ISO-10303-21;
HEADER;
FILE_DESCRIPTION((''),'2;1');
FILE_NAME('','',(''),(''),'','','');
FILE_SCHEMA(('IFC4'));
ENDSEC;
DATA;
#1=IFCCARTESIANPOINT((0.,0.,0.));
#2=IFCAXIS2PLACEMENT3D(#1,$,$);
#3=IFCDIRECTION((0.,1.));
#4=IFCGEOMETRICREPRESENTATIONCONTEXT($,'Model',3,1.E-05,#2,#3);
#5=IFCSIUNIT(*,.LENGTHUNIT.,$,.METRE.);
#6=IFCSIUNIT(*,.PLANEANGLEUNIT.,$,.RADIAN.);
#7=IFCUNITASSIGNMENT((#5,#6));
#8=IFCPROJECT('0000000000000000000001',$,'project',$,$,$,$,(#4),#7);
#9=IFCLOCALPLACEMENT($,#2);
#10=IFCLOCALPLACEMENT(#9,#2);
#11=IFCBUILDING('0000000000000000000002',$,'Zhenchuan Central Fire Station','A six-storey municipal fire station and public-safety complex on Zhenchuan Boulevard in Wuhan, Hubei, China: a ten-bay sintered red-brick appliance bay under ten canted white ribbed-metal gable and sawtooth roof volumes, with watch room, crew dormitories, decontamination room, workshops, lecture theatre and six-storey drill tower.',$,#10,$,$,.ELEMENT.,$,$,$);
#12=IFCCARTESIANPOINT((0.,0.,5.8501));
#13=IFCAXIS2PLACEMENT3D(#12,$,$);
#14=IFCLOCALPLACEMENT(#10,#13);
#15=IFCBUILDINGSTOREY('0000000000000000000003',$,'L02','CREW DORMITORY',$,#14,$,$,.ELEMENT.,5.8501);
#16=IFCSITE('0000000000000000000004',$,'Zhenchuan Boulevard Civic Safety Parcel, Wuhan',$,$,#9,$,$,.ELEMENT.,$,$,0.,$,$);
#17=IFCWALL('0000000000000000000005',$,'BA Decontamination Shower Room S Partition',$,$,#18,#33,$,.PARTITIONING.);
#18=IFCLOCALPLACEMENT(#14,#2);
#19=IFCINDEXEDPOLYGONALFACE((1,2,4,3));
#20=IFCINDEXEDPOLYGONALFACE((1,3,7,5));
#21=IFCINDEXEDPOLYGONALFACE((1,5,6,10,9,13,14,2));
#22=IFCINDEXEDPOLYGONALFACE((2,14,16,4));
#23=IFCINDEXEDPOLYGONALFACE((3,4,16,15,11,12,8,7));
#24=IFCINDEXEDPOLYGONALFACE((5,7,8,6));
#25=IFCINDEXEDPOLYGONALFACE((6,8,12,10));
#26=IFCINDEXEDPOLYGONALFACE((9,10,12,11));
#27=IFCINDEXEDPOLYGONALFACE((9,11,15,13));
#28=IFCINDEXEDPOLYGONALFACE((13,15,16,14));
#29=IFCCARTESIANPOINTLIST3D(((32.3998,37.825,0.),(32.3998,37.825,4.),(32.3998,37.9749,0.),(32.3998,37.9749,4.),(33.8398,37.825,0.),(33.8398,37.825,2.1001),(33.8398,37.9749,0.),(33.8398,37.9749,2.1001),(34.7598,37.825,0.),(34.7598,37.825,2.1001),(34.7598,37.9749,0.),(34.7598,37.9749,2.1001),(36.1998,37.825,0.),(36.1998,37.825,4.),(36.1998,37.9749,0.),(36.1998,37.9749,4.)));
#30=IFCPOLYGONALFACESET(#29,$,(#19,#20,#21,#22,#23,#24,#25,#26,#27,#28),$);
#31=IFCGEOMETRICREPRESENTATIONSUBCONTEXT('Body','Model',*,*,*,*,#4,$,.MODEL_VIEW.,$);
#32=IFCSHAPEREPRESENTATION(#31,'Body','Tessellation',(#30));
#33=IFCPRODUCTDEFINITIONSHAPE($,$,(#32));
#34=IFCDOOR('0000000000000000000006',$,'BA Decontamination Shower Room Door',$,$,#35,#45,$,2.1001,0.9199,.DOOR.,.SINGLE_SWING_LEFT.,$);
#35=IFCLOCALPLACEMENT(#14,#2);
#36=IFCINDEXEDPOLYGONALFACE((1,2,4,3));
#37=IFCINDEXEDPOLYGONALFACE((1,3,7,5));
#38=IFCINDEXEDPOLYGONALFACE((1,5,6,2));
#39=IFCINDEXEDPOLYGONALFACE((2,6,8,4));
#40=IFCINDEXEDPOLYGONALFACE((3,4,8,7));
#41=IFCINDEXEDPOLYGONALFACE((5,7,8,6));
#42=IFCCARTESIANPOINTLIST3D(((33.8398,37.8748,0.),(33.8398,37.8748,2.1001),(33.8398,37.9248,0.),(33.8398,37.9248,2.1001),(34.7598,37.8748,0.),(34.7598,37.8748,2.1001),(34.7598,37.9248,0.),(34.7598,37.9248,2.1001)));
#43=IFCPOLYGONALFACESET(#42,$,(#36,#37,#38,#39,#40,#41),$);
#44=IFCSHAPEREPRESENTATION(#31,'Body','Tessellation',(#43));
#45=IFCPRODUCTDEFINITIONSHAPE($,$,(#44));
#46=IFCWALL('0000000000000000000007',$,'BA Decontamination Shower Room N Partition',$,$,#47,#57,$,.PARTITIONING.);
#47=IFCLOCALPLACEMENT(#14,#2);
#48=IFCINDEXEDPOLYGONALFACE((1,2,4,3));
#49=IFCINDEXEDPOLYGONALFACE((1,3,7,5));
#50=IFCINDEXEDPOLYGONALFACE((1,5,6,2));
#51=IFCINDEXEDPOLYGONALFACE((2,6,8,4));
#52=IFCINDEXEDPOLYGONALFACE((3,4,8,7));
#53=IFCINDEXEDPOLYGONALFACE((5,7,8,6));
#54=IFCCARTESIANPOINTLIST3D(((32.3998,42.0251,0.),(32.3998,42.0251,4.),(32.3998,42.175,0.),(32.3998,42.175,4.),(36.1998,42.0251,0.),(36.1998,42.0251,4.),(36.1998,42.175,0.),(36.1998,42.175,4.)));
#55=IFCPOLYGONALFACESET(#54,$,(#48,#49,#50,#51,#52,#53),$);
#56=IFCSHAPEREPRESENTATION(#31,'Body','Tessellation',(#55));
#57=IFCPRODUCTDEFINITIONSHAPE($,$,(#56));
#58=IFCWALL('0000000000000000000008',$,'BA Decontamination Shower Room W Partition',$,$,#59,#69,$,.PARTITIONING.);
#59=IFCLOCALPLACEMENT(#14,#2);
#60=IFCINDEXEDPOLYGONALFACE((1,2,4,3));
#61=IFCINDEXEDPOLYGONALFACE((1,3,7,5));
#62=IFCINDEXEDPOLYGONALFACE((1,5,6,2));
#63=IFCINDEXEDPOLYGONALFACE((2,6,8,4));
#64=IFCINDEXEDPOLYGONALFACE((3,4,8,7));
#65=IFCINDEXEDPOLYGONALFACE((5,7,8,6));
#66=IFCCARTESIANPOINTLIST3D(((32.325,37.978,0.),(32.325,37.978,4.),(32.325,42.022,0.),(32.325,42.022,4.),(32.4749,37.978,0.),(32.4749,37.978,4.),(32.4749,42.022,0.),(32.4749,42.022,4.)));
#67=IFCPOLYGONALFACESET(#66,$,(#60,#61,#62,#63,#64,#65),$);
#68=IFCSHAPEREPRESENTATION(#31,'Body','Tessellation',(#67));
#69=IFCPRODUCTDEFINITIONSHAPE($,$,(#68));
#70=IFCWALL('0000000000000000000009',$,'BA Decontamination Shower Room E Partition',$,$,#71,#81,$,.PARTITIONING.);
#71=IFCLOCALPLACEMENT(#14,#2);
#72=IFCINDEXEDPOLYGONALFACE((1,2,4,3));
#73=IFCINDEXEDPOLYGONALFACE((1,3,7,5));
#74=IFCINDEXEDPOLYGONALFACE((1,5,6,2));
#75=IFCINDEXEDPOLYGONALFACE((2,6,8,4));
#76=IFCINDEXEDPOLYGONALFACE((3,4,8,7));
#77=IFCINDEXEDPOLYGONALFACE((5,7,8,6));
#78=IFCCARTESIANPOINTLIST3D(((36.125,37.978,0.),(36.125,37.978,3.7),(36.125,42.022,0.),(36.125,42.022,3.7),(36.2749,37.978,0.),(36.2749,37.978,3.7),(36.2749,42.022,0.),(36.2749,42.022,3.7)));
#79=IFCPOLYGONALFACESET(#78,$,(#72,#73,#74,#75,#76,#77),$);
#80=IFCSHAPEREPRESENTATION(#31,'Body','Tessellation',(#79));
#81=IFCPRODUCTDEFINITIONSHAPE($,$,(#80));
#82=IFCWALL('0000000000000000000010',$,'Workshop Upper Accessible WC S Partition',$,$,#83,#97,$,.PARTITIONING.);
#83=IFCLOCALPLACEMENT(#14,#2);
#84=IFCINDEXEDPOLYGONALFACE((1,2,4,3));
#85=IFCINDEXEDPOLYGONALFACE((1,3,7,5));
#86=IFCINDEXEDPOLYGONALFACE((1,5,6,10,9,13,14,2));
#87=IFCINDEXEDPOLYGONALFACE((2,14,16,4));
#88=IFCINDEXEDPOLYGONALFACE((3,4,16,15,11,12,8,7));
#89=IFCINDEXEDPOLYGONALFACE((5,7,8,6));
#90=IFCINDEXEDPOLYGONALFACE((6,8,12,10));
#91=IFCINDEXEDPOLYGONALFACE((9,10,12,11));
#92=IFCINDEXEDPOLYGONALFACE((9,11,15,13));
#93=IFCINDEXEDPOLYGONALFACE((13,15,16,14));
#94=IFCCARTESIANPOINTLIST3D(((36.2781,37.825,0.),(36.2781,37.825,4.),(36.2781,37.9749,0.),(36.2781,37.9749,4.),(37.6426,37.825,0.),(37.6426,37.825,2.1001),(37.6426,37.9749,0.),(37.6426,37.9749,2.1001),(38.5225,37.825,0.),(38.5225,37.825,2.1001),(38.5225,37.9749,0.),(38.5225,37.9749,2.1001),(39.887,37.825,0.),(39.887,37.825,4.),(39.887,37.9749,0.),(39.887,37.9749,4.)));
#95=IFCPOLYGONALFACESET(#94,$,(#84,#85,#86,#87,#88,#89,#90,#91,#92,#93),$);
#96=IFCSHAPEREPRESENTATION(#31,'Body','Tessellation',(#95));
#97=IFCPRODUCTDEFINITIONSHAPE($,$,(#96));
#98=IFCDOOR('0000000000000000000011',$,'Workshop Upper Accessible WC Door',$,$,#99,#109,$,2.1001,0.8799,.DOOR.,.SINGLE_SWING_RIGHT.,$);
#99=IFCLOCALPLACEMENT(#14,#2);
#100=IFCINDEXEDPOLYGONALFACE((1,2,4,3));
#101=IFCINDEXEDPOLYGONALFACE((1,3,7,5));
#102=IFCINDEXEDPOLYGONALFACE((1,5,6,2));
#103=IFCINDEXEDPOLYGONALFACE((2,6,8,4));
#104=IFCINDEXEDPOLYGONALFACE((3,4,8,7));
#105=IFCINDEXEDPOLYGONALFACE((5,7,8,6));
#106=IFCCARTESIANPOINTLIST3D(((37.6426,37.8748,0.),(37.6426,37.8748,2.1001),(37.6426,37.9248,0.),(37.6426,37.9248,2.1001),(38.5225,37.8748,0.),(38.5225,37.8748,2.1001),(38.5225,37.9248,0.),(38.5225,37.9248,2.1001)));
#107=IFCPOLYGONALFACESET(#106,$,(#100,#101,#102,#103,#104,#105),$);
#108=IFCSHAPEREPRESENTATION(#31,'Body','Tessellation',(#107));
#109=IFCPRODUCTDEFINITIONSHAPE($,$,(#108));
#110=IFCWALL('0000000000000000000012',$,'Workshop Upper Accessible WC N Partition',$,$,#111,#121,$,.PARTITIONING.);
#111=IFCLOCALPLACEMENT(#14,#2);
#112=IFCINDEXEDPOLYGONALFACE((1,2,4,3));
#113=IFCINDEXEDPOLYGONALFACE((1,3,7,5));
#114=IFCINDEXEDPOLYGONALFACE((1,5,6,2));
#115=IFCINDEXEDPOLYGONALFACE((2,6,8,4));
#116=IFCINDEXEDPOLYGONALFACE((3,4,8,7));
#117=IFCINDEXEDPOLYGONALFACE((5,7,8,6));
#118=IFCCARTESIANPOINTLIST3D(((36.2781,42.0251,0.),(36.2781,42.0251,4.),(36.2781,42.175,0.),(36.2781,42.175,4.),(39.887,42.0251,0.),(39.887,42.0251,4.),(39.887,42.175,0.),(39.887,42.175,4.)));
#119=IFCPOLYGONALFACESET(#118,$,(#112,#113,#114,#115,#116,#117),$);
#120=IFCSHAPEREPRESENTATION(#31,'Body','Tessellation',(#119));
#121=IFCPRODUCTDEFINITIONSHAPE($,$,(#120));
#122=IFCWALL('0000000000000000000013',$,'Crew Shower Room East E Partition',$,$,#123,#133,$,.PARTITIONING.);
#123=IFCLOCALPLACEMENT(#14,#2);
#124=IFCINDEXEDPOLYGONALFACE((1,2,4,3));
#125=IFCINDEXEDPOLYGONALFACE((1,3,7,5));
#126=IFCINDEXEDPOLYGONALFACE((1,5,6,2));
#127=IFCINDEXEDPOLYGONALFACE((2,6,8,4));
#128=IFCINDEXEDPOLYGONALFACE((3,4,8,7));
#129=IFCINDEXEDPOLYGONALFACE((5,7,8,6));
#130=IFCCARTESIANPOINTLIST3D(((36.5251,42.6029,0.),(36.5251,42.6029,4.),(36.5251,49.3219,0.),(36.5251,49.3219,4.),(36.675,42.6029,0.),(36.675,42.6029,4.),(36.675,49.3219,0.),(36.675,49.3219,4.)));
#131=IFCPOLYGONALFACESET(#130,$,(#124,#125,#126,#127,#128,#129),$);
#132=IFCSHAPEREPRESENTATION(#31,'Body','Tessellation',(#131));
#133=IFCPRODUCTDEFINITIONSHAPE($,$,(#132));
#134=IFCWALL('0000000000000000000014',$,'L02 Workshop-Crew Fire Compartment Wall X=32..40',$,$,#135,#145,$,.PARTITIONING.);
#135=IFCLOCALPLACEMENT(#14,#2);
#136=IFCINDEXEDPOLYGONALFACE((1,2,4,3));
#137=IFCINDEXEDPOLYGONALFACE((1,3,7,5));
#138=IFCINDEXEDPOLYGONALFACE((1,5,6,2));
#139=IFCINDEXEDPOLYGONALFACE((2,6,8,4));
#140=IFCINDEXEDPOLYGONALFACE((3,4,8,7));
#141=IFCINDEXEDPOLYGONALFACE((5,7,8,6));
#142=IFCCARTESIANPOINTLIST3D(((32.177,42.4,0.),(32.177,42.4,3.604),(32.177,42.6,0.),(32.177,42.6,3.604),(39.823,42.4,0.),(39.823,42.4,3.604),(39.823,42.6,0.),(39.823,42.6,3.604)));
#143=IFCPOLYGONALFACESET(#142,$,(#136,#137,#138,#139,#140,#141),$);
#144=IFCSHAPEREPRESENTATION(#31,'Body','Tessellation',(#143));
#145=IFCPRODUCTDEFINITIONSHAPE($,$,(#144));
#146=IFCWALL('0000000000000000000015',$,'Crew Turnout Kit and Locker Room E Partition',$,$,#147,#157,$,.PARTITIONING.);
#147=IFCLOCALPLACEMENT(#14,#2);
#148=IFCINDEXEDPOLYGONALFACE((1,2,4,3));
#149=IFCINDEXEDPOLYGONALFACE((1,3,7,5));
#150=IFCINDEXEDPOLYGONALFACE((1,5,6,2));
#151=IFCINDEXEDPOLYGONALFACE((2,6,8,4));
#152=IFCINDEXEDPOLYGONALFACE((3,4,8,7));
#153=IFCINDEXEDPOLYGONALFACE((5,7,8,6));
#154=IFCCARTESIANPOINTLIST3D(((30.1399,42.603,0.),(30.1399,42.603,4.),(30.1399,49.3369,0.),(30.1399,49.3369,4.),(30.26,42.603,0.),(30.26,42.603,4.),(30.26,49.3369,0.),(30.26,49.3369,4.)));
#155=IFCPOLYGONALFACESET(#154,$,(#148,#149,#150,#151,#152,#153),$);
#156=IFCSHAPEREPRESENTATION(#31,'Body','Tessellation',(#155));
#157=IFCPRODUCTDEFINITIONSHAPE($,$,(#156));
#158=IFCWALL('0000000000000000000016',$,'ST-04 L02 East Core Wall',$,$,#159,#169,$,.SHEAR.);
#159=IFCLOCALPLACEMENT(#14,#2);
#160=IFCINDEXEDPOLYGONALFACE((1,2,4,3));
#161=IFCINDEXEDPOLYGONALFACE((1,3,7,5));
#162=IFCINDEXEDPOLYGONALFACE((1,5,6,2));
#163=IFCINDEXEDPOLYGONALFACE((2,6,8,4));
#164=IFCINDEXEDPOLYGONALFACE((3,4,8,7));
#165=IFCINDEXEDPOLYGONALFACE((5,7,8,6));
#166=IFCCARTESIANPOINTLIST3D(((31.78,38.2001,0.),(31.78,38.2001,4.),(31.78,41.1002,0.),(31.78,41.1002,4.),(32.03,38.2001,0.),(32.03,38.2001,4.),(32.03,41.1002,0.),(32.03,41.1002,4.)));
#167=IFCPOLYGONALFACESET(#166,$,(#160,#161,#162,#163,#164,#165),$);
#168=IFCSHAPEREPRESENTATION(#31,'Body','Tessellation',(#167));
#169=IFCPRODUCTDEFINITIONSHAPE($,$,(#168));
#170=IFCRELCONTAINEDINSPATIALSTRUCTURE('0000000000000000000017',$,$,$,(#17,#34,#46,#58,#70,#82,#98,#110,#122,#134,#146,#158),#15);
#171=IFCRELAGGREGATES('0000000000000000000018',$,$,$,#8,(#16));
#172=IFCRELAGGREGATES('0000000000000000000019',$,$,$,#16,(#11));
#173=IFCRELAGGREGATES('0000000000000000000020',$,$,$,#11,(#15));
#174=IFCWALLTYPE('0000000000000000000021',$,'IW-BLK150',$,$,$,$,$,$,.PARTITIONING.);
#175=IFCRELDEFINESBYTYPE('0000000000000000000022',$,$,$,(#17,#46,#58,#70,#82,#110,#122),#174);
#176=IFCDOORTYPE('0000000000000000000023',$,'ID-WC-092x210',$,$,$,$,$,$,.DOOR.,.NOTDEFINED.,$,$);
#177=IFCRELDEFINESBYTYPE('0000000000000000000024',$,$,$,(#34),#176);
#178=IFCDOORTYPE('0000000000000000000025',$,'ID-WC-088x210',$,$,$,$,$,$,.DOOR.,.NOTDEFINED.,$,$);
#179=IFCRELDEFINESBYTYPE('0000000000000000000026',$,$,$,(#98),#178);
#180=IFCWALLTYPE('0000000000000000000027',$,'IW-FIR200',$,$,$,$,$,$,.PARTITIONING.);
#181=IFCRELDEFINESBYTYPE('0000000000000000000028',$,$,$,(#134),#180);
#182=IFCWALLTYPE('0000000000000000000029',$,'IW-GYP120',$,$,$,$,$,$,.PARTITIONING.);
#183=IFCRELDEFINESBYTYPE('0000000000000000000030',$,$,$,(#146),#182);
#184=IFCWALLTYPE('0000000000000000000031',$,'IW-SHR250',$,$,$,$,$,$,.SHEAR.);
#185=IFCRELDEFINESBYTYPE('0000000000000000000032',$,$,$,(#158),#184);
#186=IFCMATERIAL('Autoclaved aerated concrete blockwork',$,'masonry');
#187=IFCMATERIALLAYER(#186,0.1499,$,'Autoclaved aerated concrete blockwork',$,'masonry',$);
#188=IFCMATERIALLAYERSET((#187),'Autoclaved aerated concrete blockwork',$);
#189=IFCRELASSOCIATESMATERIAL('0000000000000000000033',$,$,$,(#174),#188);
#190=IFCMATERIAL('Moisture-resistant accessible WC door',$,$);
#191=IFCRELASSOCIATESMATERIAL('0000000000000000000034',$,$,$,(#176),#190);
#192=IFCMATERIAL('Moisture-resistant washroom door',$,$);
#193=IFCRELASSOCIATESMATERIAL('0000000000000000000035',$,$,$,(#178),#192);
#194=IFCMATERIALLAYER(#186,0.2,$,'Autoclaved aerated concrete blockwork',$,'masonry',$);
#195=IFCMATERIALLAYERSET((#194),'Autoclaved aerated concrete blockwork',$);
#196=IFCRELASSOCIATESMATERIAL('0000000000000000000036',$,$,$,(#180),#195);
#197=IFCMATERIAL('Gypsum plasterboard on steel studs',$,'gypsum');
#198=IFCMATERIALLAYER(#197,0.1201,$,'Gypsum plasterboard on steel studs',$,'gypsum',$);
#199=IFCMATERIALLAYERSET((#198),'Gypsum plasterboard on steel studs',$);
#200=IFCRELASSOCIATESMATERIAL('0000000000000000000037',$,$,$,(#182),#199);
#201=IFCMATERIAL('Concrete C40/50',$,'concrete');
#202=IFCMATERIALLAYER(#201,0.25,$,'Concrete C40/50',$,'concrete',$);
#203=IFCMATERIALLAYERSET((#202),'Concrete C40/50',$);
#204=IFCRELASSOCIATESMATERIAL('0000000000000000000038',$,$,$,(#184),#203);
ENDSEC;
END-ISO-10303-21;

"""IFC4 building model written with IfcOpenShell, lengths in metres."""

from ifc_helpers import new_model, si_unit, direction, frame, frame_2d, origin, place, context, subcontext, project, spatial, rectangle, extrude, material, layer, layer_set, type_object, element, fill, save


model = new_model("IFC4")

# Units and contexts
model_context = context("Model", 3, precision=1e-05, world=origin(), true_north=direction((0.0, 1.0)))
body_context = subcontext(model_context, "Body", "Model", "MODEL_VIEW")
ifc_project = project(units=[si_unit("LENGTHUNIT", "METRE"), si_unit("PLANEANGLEUNIT", "RADIAN")], contexts=[model_context])

# Site, building, storey
site_placement = place(None, origin())
site = spatial("IfcSite", under=ifc_project, at=site_placement, Name="Zhenchuan Boulevard Civic Safety Parcel, Wuhan", CompositionType="ELEMENT", RefElevation=0.0)
building_placement = place(site_placement, origin())
building = spatial("IfcBuilding", under=site, at=building_placement, Name="Zhenchuan Central Fire Station", Description="A six-storey municipal fire station and public-safety complex on Zhenchuan Boulevard in Wuhan, Hubei, China: a ten-bay sintered red-brick appliance bay under ten canted white ribbed-metal gable and sawtooth roof volumes, with watch room, crew dormitories, decontamination room, workshops, lecture theatre and six-storey drill tower.", CompositionType="ELEMENT")
storey_placement = place(building_placement, frame((0.0, 0.0, 5.8501)))
storey = spatial("IfcBuildingStorey", under=building, at=storey_placement, Name="L02", Description="CREW DORMITORY", CompositionType="ELEMENT", Elevation=5.8501)

# Wall, opening, door
ifc_material_1 = material(Name="Autoclaved aerated concrete blockwork", Category="masonry")
ifc_layer_1 = layer(ifc_material_1, 0.1499, Name="Autoclaved aerated concrete blockwork", Category="masonry")
ifc_layer_set_1 = layer_set([ifc_layer_1], Name="Autoclaved aerated concrete blockwork")
wall_type_1 = type_object("IfcWallType", Name="IW-BLK150", PredefinedType="PARTITIONING", material=ifc_layer_set_1)
wall_1_placement = place(storey_placement, frame((32.3999, 37.8999, 0.0), z_axis=(0.0, 0.0, 1.0), x_axis=(1.0, 0.0, 0.0)))
wall_1 = element("IfcWall", 1, at=wall_1_placement, inside=storey, type_object=wall_type_1, Name="BA Decontamination Shower Room S Partition", PredefinedType="PARTITIONING", context=body_context, shape_type="SweptSolid", body=[
    extrude(rectangle(XDim=3.8, YDim=0.1499, at=frame_2d((1.8999, 0.0))), origin(), (0.0, 0.0, 1.0), 4.0),
])
opening_1_placement = place(wall_1_placement, frame((1.4399, 0.0, 0.0)))
opening_1 = element("IfcOpeningElement", 2, at=opening_1_placement, cuts=wall_1, PredefinedType="OPENING", context=body_context, shape_type="SweptSolid", body=[
    extrude(rectangle(XDim=0.9199, YDim=2.1001, at=frame_2d((0.46, 1.05))), frame((0.0, 0.085, 0.0), z_axis=(0.0, -1.0, 0.0), x_axis=(1.0, 0.0, 0.0)), (0.0, 0.0, 1.0), 0.1699),
])
ifc_material_2 = material(Name="Moisture-resistant accessible WC door")
door_type_1 = type_object("IfcDoorType", Name="ID-WC-092x210", OperationType="NOTDEFINED", PredefinedType="DOOR", material=ifc_material_2)
door_1_placement = place(opening_1_placement, origin())
door_1 = element("IfcDoor", 3, at=door_1_placement, inside=storey, type_object=door_type_1, Name="BA Decontamination Shower Room Door", OperationType="SINGLE_SWING_LEFT", OverallHeight=2.1001, OverallWidth=0.9199, PredefinedType="DOOR", context=body_context, shape_type="SweptSolid", body=[
    extrude(rectangle(XDim=0.9199, YDim=2.1001, at=frame_2d((0.46, 1.05))), frame((0.0, 0.0249, 0.0), z_axis=(0.0, -1.0, 0.0), x_axis=(1.0, 0.0, 0.0)), (0.0, 0.0, 1.0), 0.05),
])
fill(opening_1, door_1)

# Walls
wall_2_placement = place(storey_placement, frame((32.3999, 42.1001, 0.0), z_axis=(0.0, 0.0, 1.0), x_axis=(1.0, 0.0, 0.0)))
element("IfcWall", 4, at=wall_2_placement, inside=storey, type_object=wall_type_1, Name="BA Decontamination Shower Room N Partition", PredefinedType="PARTITIONING", context=body_context, shape_type="SweptSolid", body=[
    extrude(rectangle(XDim=3.8, YDim=0.1499, at=frame_2d((1.8999, 0.0))), origin(), (0.0, 0.0, 1.0), 4.0),
])
wall_3_placement = place(storey_placement, frame((32.3999, 37.978, 0.0), z_axis=(0.0, 0.0, 1.0), x_axis=(0.0, 1.0, 0.0)))
element("IfcWall", 5, at=wall_3_placement, inside=storey, type_object=wall_type_1, Name="BA Decontamination Shower Room W Partition", PredefinedType="PARTITIONING", context=body_context, shape_type="SweptSolid", body=[
    extrude(rectangle(XDim=4.0439, YDim=0.1499, at=frame_2d((2.022, 0.0))), origin(), (0.0, 0.0, 1.0), 4.0),
])
wall_4_placement = place(storey_placement, frame((36.2, 37.978, 0.0), z_axis=(0.0, 0.0, 1.0), x_axis=(0.0, 1.0, 0.0)))
element("IfcWall", 6, at=wall_4_placement, inside=storey, type_object=wall_type_1, Name="BA Decontamination Shower Room E Partition", PredefinedType="PARTITIONING", context=body_context, shape_type="SweptSolid", body=[
    extrude(rectangle(XDim=4.0439, YDim=0.1499, at=frame_2d((2.022, 0.0))), origin(), (0.0, 0.0, 1.0), 3.7),
])

# Wall, opening, door
wall_5_placement = place(storey_placement, frame((36.2781, 37.8999, 0.0), z_axis=(0.0, 0.0, 1.0), x_axis=(1.0, 0.0, 0.0)))
wall_5 = element("IfcWall", 7, at=wall_5_placement, inside=storey, type_object=wall_type_1, Name="Workshop Upper Accessible WC S Partition", PredefinedType="PARTITIONING", context=body_context, shape_type="SweptSolid", body=[
    extrude(rectangle(XDim=3.6089, YDim=0.1499, at=frame_2d((1.8044, 0.0))), origin(), (0.0, 0.0, 1.0), 4.0),
])
opening_2_placement = place(wall_5_placement, frame((1.3645, 0.0, 0.0)))
opening_2 = element("IfcOpeningElement", 8, at=opening_2_placement, cuts=wall_5, PredefinedType="OPENING", context=body_context, shape_type="SweptSolid", body=[
    extrude(rectangle(XDim=0.8799, YDim=2.1001, at=frame_2d((0.4399, 1.05))), frame((0.0, 0.085, 0.0), z_axis=(0.0, -1.0, 0.0), x_axis=(1.0, 0.0, 0.0)), (0.0, 0.0, 1.0), 0.1699),
])
ifc_material_3 = material(Name="Moisture-resistant washroom door")
door_type_2 = type_object("IfcDoorType", Name="ID-WC-088x210", OperationType="NOTDEFINED", PredefinedType="DOOR", material=ifc_material_3)
door_2_placement = place(opening_2_placement, origin())
door_2 = element("IfcDoor", 9, at=door_2_placement, inside=storey, type_object=door_type_2, Name="Workshop Upper Accessible WC Door", OperationType="SINGLE_SWING_RIGHT", OverallHeight=2.1001, OverallWidth=0.8799, PredefinedType="DOOR", context=body_context, shape_type="SweptSolid", body=[
    extrude(rectangle(XDim=0.8799, YDim=2.1001, at=frame_2d((0.4399, 1.05))), frame((0.0, 0.0249, 0.0), z_axis=(0.0, -1.0, 0.0), x_axis=(1.0, 0.0, 0.0)), (0.0, 0.0, 1.0), 0.05),
])
fill(opening_2, door_2)

# Walls
wall_6_placement = place(storey_placement, frame((36.2781, 42.1001, 0.0), z_axis=(0.0, 0.0, 1.0), x_axis=(1.0, 0.0, 0.0)))
element("IfcWall", 10, at=wall_6_placement, inside=storey, type_object=wall_type_1, Name="Workshop Upper Accessible WC N Partition", PredefinedType="PARTITIONING", context=body_context, shape_type="SweptSolid", body=[
    extrude(rectangle(XDim=3.6089, YDim=0.1499, at=frame_2d((1.8044, 0.0))), origin(), (0.0, 0.0, 1.0), 4.0),
])
wall_7_placement = place(storey_placement, frame((36.6001, 42.603, 0.0), z_axis=(0.0, 0.0, 1.0), x_axis=(0.0, 1.0, 0.0)))
element("IfcWall", 11, at=wall_7_placement, inside=storey, type_object=wall_type_1, Name="Crew Shower Room East E Partition", PredefinedType="PARTITIONING", context=body_context, shape_type="SweptSolid", body=[
    extrude(rectangle(XDim=6.719, YDim=0.1499, at=frame_2d((3.3594, 0.0))), origin(), (0.0, 0.0, 1.0), 4.0),
])
ifc_layer_2 = layer(ifc_material_1, 0.2, Name="Autoclaved aerated concrete blockwork", Category="masonry")
ifc_layer_set_2 = layer_set([ifc_layer_2], Name="Autoclaved aerated concrete blockwork")
wall_type_2 = type_object("IfcWallType", Name="IW-FIR200", PredefinedType="PARTITIONING", material=ifc_layer_set_2)
wall_8_placement = place(storey_placement, frame((32.177, 42.5, 0.0), z_axis=(0.0, 0.0, 1.0), x_axis=(1.0, 0.0, 0.0)))
element("IfcWall", 12, at=wall_8_placement, inside=storey, type_object=wall_type_2, Name="L02 Workshop-Crew Fire Compartment Wall X=32..40", PredefinedType="PARTITIONING", context=body_context, shape_type="SweptSolid", body=[
    extrude(rectangle(XDim=7.646, YDim=0.2, at=frame_2d((3.823, 0.0))), origin(), (0.0, 0.0, 1.0), 3.604),
])
ifc_material_4 = material(Name="Gypsum plasterboard on steel studs", Category="gypsum")
ifc_layer_3 = layer(ifc_material_4, 0.1201, Name="Gypsum plasterboard on steel studs", Category="gypsum")
ifc_layer_set_3 = layer_set([ifc_layer_3], Name="Gypsum plasterboard on steel studs")
wall_type_3 = type_object("IfcWallType", Name="IW-GYP120", PredefinedType="PARTITIONING", material=ifc_layer_set_3)
wall_9_placement = place(storey_placement, frame((30.2, 42.603, 0.0), z_axis=(0.0, 0.0, 1.0), x_axis=(0.0, 1.0, 0.0)))
element("IfcWall", 13, at=wall_9_placement, inside=storey, type_object=wall_type_3, Name="Crew Turnout Kit and Locker Room E Partition", PredefinedType="PARTITIONING", context=body_context, shape_type="SweptSolid", body=[
    extrude(rectangle(XDim=6.7339, YDim=0.1201, at=frame_2d((3.3669, 0.0))), origin(), (0.0, 0.0, 1.0), 4.0),
])
ifc_material_5 = material(Name="Concrete C40/50", Category="concrete")
ifc_layer_4 = layer(ifc_material_5, 0.25, Name="Concrete C40/50", Category="concrete")
ifc_layer_set_4 = layer_set([ifc_layer_4], Name="Concrete C40/50")
wall_type_4 = type_object("IfcWallType", Name="IW-SHR250", PredefinedType="SHEAR", material=ifc_layer_set_4)
wall_10_placement = place(storey_placement, frame((31.905, 38.2, 0.0), z_axis=(0.0, 0.0, 1.0), x_axis=(0.0, 1.0, 0.0)))
element("IfcWall", 14, at=wall_10_placement, inside=storey, type_object=wall_type_4, Name="ST-04 L02 East Core Wall", PredefinedType="SHEAR", context=body_context, shape_type="SweptSolid", body=[
    extrude(rectangle(XDim=2.9001, YDim=0.25, at=frame_2d((1.4502, 0.0))), origin(), (0.0, 0.0, 1.0), 4.0),
])

save(model, "model.ifc")
